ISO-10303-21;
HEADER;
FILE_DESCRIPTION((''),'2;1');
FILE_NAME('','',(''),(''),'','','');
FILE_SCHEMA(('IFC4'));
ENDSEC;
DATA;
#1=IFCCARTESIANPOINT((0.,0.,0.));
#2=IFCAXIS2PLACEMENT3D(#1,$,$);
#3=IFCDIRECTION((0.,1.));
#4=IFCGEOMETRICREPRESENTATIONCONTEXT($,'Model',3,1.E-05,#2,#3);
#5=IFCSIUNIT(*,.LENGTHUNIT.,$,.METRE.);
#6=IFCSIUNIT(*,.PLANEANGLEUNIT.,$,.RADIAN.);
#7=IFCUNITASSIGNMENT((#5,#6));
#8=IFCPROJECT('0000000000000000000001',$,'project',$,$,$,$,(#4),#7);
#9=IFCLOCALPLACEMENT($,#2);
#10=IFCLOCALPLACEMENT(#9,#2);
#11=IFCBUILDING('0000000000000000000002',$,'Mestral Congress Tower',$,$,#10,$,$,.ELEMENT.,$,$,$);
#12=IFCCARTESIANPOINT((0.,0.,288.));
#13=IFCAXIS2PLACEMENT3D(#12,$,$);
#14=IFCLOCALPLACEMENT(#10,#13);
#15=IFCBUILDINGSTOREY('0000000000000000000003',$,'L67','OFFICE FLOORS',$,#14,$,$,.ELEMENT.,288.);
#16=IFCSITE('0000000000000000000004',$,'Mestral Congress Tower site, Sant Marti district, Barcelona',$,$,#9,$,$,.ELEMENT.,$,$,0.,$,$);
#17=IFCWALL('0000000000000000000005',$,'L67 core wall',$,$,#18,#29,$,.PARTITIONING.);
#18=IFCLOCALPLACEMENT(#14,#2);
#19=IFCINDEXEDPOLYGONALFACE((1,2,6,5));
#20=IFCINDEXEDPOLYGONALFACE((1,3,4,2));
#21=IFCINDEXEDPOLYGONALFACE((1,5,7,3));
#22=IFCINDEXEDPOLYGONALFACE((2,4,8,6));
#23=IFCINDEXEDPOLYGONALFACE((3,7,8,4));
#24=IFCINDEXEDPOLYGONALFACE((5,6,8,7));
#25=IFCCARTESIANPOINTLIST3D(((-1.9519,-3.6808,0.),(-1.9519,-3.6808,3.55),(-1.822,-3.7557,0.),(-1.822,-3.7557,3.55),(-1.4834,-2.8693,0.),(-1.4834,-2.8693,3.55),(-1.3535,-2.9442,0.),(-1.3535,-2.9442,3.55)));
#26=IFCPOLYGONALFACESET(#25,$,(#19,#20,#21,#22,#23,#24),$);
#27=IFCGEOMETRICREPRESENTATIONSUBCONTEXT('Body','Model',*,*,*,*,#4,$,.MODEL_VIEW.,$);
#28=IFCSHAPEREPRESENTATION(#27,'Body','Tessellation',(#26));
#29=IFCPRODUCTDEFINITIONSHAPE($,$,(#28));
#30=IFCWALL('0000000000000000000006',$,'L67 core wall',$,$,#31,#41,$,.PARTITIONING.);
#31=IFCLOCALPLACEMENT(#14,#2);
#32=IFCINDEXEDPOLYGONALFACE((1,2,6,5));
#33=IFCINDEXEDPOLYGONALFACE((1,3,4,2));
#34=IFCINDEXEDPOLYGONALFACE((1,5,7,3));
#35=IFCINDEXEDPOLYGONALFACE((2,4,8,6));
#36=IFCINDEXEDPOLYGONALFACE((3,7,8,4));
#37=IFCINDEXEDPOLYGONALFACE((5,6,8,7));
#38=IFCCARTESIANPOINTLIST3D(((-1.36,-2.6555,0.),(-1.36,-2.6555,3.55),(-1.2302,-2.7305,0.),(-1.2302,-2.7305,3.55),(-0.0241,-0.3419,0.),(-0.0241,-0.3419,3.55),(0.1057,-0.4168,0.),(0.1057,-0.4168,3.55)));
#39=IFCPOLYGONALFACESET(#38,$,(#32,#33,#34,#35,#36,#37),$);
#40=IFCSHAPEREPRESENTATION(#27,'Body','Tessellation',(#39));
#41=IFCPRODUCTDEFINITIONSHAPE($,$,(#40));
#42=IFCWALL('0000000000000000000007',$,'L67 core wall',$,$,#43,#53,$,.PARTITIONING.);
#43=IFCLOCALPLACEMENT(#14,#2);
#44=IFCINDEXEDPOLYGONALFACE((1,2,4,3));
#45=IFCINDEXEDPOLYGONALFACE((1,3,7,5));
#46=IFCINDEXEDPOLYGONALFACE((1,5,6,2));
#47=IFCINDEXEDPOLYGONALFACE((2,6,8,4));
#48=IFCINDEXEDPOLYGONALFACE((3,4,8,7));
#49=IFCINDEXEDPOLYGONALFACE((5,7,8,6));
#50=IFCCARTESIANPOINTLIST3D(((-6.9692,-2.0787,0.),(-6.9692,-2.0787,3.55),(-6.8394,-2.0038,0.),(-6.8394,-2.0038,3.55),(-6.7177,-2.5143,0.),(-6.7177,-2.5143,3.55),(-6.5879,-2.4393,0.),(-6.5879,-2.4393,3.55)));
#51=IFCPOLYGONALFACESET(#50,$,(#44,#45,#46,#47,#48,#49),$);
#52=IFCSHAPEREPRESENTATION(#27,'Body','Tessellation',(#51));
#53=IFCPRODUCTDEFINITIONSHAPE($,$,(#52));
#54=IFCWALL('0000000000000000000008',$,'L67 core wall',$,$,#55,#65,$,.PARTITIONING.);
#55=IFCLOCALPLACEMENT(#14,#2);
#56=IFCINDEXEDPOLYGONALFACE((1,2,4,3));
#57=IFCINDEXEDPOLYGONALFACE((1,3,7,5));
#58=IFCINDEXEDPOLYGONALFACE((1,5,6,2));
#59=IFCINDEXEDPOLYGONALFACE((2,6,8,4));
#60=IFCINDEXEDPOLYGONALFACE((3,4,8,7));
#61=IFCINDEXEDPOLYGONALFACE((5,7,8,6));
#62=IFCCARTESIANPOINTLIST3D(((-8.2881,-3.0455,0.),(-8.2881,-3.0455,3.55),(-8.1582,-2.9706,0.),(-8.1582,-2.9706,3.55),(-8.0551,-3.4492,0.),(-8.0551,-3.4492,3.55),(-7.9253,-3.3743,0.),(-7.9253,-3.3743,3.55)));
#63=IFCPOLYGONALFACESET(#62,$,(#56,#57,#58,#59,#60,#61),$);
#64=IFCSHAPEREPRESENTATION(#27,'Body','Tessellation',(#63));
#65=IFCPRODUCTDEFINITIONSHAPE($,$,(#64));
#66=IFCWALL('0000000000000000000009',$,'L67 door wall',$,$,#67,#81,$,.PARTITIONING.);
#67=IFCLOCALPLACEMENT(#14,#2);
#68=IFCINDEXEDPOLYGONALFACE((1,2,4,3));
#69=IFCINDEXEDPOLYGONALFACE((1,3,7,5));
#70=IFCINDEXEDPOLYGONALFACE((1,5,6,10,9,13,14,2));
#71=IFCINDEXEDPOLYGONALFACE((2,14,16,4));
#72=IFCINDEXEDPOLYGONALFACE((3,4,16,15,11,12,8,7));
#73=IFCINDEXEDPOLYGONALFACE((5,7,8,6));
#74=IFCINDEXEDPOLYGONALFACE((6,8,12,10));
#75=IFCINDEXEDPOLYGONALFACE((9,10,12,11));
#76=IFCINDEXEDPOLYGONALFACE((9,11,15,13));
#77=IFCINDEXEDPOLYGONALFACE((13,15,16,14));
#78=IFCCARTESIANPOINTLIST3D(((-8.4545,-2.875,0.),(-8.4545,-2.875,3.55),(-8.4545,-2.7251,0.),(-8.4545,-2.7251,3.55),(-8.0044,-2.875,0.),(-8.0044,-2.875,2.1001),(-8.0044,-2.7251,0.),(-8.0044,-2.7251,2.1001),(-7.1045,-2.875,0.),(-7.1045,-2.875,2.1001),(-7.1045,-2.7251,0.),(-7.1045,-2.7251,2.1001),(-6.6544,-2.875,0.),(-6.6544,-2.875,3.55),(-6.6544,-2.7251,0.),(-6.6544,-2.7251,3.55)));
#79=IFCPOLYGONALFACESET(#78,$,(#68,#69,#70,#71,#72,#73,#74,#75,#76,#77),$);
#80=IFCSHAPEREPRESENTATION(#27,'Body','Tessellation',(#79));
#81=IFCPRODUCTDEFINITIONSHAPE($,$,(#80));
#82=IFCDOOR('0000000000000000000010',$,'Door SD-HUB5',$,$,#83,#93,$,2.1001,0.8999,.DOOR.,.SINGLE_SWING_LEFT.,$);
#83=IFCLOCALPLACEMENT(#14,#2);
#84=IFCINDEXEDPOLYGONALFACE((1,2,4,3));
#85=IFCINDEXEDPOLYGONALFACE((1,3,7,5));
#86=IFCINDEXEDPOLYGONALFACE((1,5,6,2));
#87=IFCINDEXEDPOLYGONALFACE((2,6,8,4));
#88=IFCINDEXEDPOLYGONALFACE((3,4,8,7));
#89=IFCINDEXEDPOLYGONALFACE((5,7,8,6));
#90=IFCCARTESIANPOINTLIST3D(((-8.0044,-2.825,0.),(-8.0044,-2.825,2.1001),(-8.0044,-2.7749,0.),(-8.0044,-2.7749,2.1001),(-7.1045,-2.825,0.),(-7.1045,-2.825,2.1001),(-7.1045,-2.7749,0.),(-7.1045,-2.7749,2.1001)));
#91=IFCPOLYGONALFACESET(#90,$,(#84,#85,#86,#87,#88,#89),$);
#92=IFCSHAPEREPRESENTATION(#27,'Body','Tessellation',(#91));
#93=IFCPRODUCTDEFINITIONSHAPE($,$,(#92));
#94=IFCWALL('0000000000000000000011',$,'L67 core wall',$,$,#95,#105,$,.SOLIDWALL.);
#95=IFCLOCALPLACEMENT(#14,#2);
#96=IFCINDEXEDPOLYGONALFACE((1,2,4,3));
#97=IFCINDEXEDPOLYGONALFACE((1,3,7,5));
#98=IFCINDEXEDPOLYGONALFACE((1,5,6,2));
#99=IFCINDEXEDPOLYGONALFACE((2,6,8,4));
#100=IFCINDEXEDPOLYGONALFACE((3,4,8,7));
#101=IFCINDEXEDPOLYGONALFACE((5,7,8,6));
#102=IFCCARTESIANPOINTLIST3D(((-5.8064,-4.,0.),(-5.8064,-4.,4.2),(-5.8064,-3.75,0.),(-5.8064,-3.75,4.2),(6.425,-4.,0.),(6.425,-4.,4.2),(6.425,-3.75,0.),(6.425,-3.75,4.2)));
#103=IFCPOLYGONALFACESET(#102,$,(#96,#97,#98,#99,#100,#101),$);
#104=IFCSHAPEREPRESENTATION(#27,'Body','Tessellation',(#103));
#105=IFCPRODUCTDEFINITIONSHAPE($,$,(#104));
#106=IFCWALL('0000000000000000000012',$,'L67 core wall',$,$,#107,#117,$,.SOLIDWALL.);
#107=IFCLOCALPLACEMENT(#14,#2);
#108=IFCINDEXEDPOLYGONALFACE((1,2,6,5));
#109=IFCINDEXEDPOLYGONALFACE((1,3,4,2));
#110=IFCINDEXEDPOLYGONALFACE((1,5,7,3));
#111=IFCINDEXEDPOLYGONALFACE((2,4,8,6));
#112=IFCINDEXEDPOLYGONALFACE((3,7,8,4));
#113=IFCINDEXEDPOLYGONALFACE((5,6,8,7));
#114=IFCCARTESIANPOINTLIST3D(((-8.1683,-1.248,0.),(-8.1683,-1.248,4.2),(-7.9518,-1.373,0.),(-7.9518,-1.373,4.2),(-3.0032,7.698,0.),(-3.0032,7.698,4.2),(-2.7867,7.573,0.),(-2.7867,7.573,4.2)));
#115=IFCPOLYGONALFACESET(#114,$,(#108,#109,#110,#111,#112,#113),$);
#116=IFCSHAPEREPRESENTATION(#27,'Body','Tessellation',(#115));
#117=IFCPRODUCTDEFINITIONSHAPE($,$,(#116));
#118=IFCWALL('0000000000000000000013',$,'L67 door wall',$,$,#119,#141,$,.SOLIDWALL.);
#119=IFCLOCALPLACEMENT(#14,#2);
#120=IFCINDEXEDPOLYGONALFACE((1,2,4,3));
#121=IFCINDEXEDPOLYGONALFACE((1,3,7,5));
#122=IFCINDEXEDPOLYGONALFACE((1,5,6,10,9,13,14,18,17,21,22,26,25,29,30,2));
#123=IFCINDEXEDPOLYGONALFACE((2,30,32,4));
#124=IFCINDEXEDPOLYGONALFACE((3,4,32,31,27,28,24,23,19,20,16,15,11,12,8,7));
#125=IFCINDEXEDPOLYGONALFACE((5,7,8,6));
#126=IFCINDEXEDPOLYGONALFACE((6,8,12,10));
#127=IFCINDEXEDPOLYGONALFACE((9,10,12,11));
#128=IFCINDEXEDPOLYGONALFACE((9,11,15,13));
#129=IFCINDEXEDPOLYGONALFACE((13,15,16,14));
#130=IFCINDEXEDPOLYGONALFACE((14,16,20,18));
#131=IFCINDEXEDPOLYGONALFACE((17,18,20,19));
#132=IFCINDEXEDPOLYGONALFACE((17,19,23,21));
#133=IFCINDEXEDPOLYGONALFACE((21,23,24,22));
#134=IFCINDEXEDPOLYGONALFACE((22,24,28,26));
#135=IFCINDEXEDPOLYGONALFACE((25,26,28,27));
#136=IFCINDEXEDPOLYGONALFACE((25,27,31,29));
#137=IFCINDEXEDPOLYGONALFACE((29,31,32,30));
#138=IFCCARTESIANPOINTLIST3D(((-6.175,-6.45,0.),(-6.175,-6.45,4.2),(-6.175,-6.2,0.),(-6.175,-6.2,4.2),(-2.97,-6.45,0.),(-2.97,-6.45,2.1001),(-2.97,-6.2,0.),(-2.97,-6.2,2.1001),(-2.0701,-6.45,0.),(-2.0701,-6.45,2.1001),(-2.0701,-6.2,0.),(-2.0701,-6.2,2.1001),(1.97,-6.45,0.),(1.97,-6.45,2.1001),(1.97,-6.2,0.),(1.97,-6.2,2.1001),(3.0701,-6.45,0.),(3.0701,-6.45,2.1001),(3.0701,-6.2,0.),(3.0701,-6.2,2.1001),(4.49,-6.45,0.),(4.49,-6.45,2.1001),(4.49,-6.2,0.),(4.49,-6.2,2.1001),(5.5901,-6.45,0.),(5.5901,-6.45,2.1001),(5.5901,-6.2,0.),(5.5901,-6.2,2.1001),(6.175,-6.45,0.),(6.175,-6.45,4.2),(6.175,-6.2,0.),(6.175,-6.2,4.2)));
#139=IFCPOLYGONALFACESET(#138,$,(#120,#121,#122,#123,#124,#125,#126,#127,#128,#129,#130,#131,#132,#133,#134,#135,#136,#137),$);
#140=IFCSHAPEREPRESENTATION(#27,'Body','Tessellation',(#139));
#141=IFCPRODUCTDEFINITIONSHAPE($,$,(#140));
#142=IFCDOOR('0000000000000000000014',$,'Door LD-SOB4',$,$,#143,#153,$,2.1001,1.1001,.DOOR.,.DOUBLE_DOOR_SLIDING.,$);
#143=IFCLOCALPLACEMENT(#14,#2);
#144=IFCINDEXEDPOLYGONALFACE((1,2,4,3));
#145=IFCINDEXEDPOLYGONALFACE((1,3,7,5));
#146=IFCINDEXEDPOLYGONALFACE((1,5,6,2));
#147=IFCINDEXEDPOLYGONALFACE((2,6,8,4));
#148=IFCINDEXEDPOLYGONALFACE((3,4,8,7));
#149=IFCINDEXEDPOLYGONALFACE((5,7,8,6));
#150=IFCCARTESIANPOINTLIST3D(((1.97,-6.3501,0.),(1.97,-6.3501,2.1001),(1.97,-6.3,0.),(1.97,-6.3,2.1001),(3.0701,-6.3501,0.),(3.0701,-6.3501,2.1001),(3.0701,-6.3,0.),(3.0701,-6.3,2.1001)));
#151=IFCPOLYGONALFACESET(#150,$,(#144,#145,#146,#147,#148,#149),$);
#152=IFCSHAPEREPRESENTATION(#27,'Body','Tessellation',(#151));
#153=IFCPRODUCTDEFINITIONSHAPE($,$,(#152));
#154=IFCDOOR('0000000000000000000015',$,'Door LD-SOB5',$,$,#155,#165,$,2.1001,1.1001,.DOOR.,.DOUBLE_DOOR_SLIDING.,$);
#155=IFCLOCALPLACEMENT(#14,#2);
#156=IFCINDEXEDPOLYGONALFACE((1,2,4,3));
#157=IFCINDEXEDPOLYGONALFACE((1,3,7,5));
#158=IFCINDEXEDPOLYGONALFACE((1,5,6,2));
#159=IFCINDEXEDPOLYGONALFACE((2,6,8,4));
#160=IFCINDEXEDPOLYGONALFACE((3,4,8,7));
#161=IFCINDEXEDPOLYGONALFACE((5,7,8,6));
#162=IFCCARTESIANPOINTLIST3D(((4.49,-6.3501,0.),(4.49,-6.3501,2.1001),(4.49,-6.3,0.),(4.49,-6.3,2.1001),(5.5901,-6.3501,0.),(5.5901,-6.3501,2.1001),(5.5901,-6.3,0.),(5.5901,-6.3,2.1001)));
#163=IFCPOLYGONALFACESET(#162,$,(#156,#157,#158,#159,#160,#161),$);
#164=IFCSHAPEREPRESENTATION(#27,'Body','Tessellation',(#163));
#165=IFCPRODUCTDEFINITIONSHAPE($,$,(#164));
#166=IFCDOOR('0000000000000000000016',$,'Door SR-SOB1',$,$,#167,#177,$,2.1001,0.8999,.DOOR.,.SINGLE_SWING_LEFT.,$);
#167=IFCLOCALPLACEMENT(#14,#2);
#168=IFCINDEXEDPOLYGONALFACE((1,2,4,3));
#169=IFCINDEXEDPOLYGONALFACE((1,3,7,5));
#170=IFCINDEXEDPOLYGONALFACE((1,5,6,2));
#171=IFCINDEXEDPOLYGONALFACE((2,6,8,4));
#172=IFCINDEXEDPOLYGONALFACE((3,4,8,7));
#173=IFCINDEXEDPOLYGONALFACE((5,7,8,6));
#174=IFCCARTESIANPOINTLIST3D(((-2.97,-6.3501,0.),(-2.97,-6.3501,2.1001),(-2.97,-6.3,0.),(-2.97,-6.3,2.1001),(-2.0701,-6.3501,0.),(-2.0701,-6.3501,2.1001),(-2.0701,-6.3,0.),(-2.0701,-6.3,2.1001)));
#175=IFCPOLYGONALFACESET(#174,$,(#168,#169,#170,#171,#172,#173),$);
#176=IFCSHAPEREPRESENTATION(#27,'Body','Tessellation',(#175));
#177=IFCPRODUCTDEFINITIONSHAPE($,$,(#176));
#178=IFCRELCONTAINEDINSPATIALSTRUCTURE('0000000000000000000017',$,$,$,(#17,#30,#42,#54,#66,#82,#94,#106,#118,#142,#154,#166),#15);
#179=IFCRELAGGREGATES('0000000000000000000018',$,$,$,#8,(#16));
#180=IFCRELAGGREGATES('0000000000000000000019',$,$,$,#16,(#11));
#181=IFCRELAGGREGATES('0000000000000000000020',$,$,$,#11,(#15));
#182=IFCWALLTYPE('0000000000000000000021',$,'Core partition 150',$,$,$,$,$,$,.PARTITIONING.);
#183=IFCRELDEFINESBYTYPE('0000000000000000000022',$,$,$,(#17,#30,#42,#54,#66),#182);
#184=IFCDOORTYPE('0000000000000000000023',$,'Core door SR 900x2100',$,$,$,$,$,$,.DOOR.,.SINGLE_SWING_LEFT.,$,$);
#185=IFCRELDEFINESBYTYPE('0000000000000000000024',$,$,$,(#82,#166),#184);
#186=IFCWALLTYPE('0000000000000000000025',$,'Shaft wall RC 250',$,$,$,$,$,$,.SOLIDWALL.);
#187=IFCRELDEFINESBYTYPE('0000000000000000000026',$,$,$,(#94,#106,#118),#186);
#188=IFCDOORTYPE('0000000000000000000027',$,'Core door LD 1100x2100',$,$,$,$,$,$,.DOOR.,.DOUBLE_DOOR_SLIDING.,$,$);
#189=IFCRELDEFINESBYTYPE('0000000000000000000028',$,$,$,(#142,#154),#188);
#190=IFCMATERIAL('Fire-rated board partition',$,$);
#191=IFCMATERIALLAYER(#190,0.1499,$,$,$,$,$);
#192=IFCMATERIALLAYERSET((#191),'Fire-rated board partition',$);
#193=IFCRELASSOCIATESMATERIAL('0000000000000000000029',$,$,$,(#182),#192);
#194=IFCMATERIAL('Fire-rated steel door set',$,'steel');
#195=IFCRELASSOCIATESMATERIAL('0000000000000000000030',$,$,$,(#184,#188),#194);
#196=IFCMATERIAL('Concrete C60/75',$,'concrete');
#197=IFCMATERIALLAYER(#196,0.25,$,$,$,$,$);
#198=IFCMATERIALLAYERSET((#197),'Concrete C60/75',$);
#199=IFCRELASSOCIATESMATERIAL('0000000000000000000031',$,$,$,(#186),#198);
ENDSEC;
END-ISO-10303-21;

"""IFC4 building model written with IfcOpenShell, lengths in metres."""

from ifc_helpers import new_model, si_unit, direction, frame, frame_2d, origin, place, context, subcontext, project, spatial, rectangle, extrude, material, layer, layer_set, type_object, element, fill, save


model = new_model("IFC4")

# Units and contexts
model_context = context("Model", 3, precision=1e-05, world=origin(), true_north=direction((0.0, 1.0)))
body_context = subcontext(model_context, "Body", "Model", "MODEL_VIEW")
ifc_project = project(units=[si_unit("LENGTHUNIT", "METRE"), si_unit("PLANEANGLEUNIT", "RADIAN")], contexts=[model_context])

# Site, building, storey
site_placement = place(None, origin())
site = spatial("IfcSite", under=ifc_project, at=site_placement, Name="Mestral Congress Tower site, Sant Marti district, Barcelona", CompositionType="ELEMENT", RefElevation=0.0)
building_placement = place(site_placement, origin())
building = spatial("IfcBuilding", under=site, at=building_placement, Name="Mestral Congress Tower", CompositionType="ELEMENT")
storey_placement = place(building_placement, frame((0.0, 0.0, 288.0)))
storey = spatial("IfcBuildingStorey", under=building, at=storey_placement, Name="L67", Description="OFFICE FLOORS", CompositionType="ELEMENT", Elevation=288.0)

# Walls
ifc_material_1 = material(Name="Fire-rated board partition")
ifc_layer_1 = layer(ifc_material_1, 0.1499)
ifc_layer_set_1 = layer_set([ifc_layer_1], Name="Fire-rated board partition")
wall_type_1 = type_object("IfcWallType", Name="Core partition 150", PredefinedType="PARTITIONING", material=ifc_layer_set_1)
wall_1_placement = place(storey_placement, frame((-1.4185, -2.9067, 0.0), z_axis=(0.0, 0.0, 1.0), x_axis=(-0.499978, -0.866038, 0.0)))
element("IfcWall", 1, at=wall_1_placement, inside=storey, type_object=wall_type_1, Name="L67 core wall", PredefinedType="PARTITIONING", context=body_context, shape_type="SweptSolid", body=[
    extrude(rectangle(XDim=0.937, YDim=0.1499, at=frame_2d((0.4685, 0.0))), origin(), (0.0, 0.0, 1.0), 3.55),
])
wall_2_placement = place(storey_placement, frame((-1.2952, -2.6931, 0.0), z_axis=(0.0, 0.0, 1.0), x_axis=(0.500031, 0.866008, 0.0)))
element("IfcWall", 2, at=wall_2_placement, inside=storey, type_object=wall_type_1, Name="L67 core wall", PredefinedType="PARTITIONING", context=body_context, shape_type="SweptSolid", body=[
    extrude(rectangle(XDim=2.6716, YDim=0.1499, at=frame_2d((1.3359, 0.0))), origin(), (0.0, 0.0, 1.0), 3.55),
])
wall_3_placement = place(storey_placement, frame((-6.6528, -2.4768, 0.0), z_axis=(0.0, 0.0, 1.0), x_axis=(-0.500003, 0.866024, 0.0)))
element("IfcWall", 3, at=wall_3_placement, inside=storey, type_object=wall_type_1, Name="L67 core wall", PredefinedType="PARTITIONING", context=body_context, shape_type="SweptSolid", body=[
    extrude(rectangle(XDim=0.5029, YDim=0.1499, at=frame_2d((0.2515, 0.0))), origin(), (0.0, 0.0, 1.0), 3.55),
])
wall_4_placement = place(storey_placement, frame((-7.9902, -3.4116, 0.0), z_axis=(0.0, 0.0, 1.0), x_axis=(-0.499859, 0.866107, 0.0)))
element("IfcWall", 4, at=wall_4_placement, inside=storey, type_object=wall_type_1, Name="L67 core wall", PredefinedType="PARTITIONING", context=body_context, shape_type="SweptSolid", body=[
    extrude(rectangle(XDim=0.4661, YDim=0.1499, at=frame_2d((0.2329, 0.0))), origin(), (0.0, 0.0, 1.0), 3.55),
])

# Wall, opening, door
wall_5_placement = place(storey_placement, frame((-6.6545, -2.8, 0.0), z_axis=(0.0, 0.0, 1.0), x_axis=(-1.0, 0.0, 0.0)))
wall_5 = element("IfcWall", 5, at=wall_5_placement, inside=storey, type_object=wall_type_1, Name="L67 door wall", PredefinedType="PARTITIONING", context=body_context, shape_type="SweptSolid", body=[
    extrude(rectangle(XDim=1.8, YDim=0.1499, at=frame_2d((0.8999, 0.0))), origin(), (0.0, 0.0, 1.0), 3.55),
])
opening_1_placement = place(wall_5_placement, frame((0.45, 0.0, 0.0)))
opening_1 = element("IfcOpeningElement", 6, at=opening_1_placement, cuts=wall_5, PredefinedType="OPENING", context=body_context, shape_type="SweptSolid", body=[
    extrude(rectangle(XDim=0.8999, YDim=2.1001, at=frame_2d((0.45, 1.05))), frame((0.0, 0.085, 0.0), z_axis=(0.0, -1.0, 0.0), x_axis=(1.0, 0.0, 0.0)), (0.0, 0.0, 1.0), 0.1699),
])
ifc_material_2 = material(Name="Fire-rated steel door set", Category="steel")
door_type_1 = type_object("IfcDoorType", Name="Core door SR 900x2100", OperationType="SINGLE_SWING_LEFT", PredefinedType="DOOR", material=ifc_material_2)
door_1_placement = place(opening_1_placement, origin())
door_1 = element("IfcDoor", 7, at=door_1_placement, inside=storey, type_object=door_type_1, Name="Door SD-HUB5", OperationType="SINGLE_SWING_LEFT", OverallHeight=2.1001, OverallWidth=0.8999, PredefinedType="DOOR", context=body_context, shape_type="SweptSolid", body=[
    extrude(rectangle(XDim=0.8999, YDim=2.1001, at=frame_2d((0.45, 1.05))), frame((0.0, 0.0249, 0.0), z_axis=(0.0, -1.0, 0.0), x_axis=(1.0, 0.0, 0.0)), (0.0, 0.0, 1.0), 0.05),
])
fill(opening_1, door_1)

# Walls
ifc_material_3 = material(Name="Concrete C60/75", Category="concrete")
ifc_layer_2 = layer(ifc_material_3, 0.25)
ifc_layer_set_2 = layer_set([ifc_layer_2], Name="Concrete C60/75")
wall_type_2 = type_object("IfcWallType", Name="Shaft wall RC 250", PredefinedType="SOLIDWALL", material=ifc_layer_set_2)
wall_6_placement = place(storey_placement, frame((-5.8064, -3.875, 0.0), z_axis=(0.0, 0.0, 1.0), x_axis=(1.0, 0.0, 0.0)))
element("IfcWall", 8, at=wall_6_placement, inside=storey, type_object=wall_type_2, Name="L67 core wall", PredefinedType="SOLIDWALL", context=body_context, shape_type="SweptSolid", body=[
    extrude(rectangle(XDim=12.2314, YDim=0.25, at=frame_2d((6.1157, 0.0))), origin(), (0.0, 0.0, 1.0), 4.2),
])
wall_7_placement = place(storey_placement, frame((-8.0601, -1.3105, 0.0), z_axis=(0.0, 0.0, 1.0), x_axis=(0.500003, 0.866024, 0.0)))
element("IfcWall", 9, at=wall_7_placement, inside=storey, type_object=wall_type_2, Name="L67 core wall", PredefinedType="SOLIDWALL", context=body_context, shape_type="SweptSolid", body=[
    extrude(rectangle(XDim=10.3301, YDim=0.25, at=frame_2d((5.165, 0.0))), origin(), (0.0, 0.0, 1.0), 4.2),
])

# Wall, openings, doors
wall_8_placement = place(storey_placement, frame((-6.175, -6.325, 0.0), z_axis=(0.0, 0.0, 1.0), x_axis=(1.0, 0.0, 0.0)))
wall_8 = element("IfcWall", 10, at=wall_8_placement, inside=storey, type_object=wall_type_2, Name="L67 door wall", PredefinedType="SOLIDWALL", context=body_context, shape_type="SweptSolid", body=[
    extrude(rectangle(XDim=12.3501, YDim=0.25, at=frame_2d((6.175, 0.0))), origin(), (0.0, 0.0, 1.0), 4.2),
])
opening_2_placement = place(wall_8_placement, frame((3.2051, 0.0, 0.0)))
opening_2 = element("IfcOpeningElement", 11, at=opening_2_placement, cuts=wall_8, PredefinedType="OPENING", context=body_context, shape_type="SweptSolid", body=[
    extrude(rectangle(XDim=0.8999, YDim=2.1001, at=frame_2d((0.45, 1.05))), frame((0.0, 0.135, 0.0), z_axis=(0.0, -1.0, 0.0), x_axis=(1.0, 0.0, 0.0)), (0.0, 0.0, 1.0), 0.27),
])
opening_3_placement = place(wall_8_placement, frame((8.145, 0.0, 0.0)))
opening_3 = element("IfcOpeningElement", 12, at=opening_3_placement, cuts=wall_8, PredefinedType="OPENING", context=body_context, shape_type="SweptSolid", body=[
    extrude(rectangle(XDim=1.1001, YDim=2.1001, at=frame_2d((0.55, 1.05))), frame((0.0, 0.135, 0.0), z_axis=(0.0, -1.0, 0.0), x_axis=(1.0, 0.0, 0.0)), (0.0, 0.0, 1.0), 0.27),
])
opening_4_placement = place(wall_8_placement, frame((10.665, 0.0, 0.0)))
opening_4 = element("IfcOpeningElement", 13, at=opening_4_placement, cuts=wall_8, PredefinedType="OPENING", context=body_context, shape_type="SweptSolid", body=[
    extrude(rectangle(XDim=1.1001, YDim=2.1001, at=frame_2d((0.55, 1.05))), frame((0.0, 0.135, 0.0), z_axis=(0.0, -1.0, 0.0), x_axis=(1.0, 0.0, 0.0)), (0.0, 0.0, 1.0), 0.27),
])
door_type_2 = type_object("IfcDoorType", Name="Core door LD 1100x2100", OperationType="DOUBLE_DOOR_SLIDING", PredefinedType="DOOR", material=ifc_material_2)
door_2_placement = place(opening_3_placement, origin())
door_2 = element("IfcDoor", 14, at=door_2_placement, inside=storey, type_object=door_type_2, Name="Door LD-SOB4", OperationType="DOUBLE_DOOR_SLIDING", OverallHeight=2.1001, OverallWidth=1.1001, PredefinedType="DOOR", context=body_context, shape_type="SweptSolid", body=[
    extrude(rectangle(XDim=1.1001, YDim=2.1001, at=frame_2d((0.55, 1.05))), frame((0.0, 0.0249, 0.0), z_axis=(0.0, -1.0, 0.0), x_axis=(1.0, 0.0, 0.0)), (0.0, 0.0, 1.0), 0.05),
])
fill(opening_3, door_2)
door_3_placement = place(opening_4_placement, origin())
door_3 = element("IfcDoor", 15, at=door_3_placement, inside=storey, type_object=door_type_2, Name="Door LD-SOB5", OperationType="DOUBLE_DOOR_SLIDING", OverallHeight=2.1001, OverallWidth=1.1001, PredefinedType="DOOR", context=body_context, shape_type="SweptSolid", body=[
    extrude(rectangle(XDim=1.1001, YDim=2.1001, at=frame_2d((0.55, 1.05))), frame((0.0, 0.0249, 0.0), z_axis=(0.0, -1.0, 0.0), x_axis=(1.0, 0.0, 0.0)), (0.0, 0.0, 1.0), 0.05),
])
fill(opening_4, door_3)
door_4_placement = place(opening_2_placement, origin())
door_4 = element("IfcDoor", 16, at=door_4_placement, inside=storey, type_object=door_type_1, Name="Door SR-SOB1", OperationType="SINGLE_SWING_LEFT", OverallHeight=2.1001, OverallWidth=0.8999, PredefinedType="DOOR", context=body_context, shape_type="SweptSolid", body=[
    extrude(rectangle(XDim=0.8999, YDim=2.1001, at=frame_2d((0.45, 1.05))), frame((0.0, 0.0249, 0.0), z_axis=(0.0, -1.0, 0.0), x_axis=(1.0, 0.0, 0.0)), (0.0, 0.0, 1.0), 0.05),
])
fill(opening_2, door_4)

save(model, "model.ifc")
